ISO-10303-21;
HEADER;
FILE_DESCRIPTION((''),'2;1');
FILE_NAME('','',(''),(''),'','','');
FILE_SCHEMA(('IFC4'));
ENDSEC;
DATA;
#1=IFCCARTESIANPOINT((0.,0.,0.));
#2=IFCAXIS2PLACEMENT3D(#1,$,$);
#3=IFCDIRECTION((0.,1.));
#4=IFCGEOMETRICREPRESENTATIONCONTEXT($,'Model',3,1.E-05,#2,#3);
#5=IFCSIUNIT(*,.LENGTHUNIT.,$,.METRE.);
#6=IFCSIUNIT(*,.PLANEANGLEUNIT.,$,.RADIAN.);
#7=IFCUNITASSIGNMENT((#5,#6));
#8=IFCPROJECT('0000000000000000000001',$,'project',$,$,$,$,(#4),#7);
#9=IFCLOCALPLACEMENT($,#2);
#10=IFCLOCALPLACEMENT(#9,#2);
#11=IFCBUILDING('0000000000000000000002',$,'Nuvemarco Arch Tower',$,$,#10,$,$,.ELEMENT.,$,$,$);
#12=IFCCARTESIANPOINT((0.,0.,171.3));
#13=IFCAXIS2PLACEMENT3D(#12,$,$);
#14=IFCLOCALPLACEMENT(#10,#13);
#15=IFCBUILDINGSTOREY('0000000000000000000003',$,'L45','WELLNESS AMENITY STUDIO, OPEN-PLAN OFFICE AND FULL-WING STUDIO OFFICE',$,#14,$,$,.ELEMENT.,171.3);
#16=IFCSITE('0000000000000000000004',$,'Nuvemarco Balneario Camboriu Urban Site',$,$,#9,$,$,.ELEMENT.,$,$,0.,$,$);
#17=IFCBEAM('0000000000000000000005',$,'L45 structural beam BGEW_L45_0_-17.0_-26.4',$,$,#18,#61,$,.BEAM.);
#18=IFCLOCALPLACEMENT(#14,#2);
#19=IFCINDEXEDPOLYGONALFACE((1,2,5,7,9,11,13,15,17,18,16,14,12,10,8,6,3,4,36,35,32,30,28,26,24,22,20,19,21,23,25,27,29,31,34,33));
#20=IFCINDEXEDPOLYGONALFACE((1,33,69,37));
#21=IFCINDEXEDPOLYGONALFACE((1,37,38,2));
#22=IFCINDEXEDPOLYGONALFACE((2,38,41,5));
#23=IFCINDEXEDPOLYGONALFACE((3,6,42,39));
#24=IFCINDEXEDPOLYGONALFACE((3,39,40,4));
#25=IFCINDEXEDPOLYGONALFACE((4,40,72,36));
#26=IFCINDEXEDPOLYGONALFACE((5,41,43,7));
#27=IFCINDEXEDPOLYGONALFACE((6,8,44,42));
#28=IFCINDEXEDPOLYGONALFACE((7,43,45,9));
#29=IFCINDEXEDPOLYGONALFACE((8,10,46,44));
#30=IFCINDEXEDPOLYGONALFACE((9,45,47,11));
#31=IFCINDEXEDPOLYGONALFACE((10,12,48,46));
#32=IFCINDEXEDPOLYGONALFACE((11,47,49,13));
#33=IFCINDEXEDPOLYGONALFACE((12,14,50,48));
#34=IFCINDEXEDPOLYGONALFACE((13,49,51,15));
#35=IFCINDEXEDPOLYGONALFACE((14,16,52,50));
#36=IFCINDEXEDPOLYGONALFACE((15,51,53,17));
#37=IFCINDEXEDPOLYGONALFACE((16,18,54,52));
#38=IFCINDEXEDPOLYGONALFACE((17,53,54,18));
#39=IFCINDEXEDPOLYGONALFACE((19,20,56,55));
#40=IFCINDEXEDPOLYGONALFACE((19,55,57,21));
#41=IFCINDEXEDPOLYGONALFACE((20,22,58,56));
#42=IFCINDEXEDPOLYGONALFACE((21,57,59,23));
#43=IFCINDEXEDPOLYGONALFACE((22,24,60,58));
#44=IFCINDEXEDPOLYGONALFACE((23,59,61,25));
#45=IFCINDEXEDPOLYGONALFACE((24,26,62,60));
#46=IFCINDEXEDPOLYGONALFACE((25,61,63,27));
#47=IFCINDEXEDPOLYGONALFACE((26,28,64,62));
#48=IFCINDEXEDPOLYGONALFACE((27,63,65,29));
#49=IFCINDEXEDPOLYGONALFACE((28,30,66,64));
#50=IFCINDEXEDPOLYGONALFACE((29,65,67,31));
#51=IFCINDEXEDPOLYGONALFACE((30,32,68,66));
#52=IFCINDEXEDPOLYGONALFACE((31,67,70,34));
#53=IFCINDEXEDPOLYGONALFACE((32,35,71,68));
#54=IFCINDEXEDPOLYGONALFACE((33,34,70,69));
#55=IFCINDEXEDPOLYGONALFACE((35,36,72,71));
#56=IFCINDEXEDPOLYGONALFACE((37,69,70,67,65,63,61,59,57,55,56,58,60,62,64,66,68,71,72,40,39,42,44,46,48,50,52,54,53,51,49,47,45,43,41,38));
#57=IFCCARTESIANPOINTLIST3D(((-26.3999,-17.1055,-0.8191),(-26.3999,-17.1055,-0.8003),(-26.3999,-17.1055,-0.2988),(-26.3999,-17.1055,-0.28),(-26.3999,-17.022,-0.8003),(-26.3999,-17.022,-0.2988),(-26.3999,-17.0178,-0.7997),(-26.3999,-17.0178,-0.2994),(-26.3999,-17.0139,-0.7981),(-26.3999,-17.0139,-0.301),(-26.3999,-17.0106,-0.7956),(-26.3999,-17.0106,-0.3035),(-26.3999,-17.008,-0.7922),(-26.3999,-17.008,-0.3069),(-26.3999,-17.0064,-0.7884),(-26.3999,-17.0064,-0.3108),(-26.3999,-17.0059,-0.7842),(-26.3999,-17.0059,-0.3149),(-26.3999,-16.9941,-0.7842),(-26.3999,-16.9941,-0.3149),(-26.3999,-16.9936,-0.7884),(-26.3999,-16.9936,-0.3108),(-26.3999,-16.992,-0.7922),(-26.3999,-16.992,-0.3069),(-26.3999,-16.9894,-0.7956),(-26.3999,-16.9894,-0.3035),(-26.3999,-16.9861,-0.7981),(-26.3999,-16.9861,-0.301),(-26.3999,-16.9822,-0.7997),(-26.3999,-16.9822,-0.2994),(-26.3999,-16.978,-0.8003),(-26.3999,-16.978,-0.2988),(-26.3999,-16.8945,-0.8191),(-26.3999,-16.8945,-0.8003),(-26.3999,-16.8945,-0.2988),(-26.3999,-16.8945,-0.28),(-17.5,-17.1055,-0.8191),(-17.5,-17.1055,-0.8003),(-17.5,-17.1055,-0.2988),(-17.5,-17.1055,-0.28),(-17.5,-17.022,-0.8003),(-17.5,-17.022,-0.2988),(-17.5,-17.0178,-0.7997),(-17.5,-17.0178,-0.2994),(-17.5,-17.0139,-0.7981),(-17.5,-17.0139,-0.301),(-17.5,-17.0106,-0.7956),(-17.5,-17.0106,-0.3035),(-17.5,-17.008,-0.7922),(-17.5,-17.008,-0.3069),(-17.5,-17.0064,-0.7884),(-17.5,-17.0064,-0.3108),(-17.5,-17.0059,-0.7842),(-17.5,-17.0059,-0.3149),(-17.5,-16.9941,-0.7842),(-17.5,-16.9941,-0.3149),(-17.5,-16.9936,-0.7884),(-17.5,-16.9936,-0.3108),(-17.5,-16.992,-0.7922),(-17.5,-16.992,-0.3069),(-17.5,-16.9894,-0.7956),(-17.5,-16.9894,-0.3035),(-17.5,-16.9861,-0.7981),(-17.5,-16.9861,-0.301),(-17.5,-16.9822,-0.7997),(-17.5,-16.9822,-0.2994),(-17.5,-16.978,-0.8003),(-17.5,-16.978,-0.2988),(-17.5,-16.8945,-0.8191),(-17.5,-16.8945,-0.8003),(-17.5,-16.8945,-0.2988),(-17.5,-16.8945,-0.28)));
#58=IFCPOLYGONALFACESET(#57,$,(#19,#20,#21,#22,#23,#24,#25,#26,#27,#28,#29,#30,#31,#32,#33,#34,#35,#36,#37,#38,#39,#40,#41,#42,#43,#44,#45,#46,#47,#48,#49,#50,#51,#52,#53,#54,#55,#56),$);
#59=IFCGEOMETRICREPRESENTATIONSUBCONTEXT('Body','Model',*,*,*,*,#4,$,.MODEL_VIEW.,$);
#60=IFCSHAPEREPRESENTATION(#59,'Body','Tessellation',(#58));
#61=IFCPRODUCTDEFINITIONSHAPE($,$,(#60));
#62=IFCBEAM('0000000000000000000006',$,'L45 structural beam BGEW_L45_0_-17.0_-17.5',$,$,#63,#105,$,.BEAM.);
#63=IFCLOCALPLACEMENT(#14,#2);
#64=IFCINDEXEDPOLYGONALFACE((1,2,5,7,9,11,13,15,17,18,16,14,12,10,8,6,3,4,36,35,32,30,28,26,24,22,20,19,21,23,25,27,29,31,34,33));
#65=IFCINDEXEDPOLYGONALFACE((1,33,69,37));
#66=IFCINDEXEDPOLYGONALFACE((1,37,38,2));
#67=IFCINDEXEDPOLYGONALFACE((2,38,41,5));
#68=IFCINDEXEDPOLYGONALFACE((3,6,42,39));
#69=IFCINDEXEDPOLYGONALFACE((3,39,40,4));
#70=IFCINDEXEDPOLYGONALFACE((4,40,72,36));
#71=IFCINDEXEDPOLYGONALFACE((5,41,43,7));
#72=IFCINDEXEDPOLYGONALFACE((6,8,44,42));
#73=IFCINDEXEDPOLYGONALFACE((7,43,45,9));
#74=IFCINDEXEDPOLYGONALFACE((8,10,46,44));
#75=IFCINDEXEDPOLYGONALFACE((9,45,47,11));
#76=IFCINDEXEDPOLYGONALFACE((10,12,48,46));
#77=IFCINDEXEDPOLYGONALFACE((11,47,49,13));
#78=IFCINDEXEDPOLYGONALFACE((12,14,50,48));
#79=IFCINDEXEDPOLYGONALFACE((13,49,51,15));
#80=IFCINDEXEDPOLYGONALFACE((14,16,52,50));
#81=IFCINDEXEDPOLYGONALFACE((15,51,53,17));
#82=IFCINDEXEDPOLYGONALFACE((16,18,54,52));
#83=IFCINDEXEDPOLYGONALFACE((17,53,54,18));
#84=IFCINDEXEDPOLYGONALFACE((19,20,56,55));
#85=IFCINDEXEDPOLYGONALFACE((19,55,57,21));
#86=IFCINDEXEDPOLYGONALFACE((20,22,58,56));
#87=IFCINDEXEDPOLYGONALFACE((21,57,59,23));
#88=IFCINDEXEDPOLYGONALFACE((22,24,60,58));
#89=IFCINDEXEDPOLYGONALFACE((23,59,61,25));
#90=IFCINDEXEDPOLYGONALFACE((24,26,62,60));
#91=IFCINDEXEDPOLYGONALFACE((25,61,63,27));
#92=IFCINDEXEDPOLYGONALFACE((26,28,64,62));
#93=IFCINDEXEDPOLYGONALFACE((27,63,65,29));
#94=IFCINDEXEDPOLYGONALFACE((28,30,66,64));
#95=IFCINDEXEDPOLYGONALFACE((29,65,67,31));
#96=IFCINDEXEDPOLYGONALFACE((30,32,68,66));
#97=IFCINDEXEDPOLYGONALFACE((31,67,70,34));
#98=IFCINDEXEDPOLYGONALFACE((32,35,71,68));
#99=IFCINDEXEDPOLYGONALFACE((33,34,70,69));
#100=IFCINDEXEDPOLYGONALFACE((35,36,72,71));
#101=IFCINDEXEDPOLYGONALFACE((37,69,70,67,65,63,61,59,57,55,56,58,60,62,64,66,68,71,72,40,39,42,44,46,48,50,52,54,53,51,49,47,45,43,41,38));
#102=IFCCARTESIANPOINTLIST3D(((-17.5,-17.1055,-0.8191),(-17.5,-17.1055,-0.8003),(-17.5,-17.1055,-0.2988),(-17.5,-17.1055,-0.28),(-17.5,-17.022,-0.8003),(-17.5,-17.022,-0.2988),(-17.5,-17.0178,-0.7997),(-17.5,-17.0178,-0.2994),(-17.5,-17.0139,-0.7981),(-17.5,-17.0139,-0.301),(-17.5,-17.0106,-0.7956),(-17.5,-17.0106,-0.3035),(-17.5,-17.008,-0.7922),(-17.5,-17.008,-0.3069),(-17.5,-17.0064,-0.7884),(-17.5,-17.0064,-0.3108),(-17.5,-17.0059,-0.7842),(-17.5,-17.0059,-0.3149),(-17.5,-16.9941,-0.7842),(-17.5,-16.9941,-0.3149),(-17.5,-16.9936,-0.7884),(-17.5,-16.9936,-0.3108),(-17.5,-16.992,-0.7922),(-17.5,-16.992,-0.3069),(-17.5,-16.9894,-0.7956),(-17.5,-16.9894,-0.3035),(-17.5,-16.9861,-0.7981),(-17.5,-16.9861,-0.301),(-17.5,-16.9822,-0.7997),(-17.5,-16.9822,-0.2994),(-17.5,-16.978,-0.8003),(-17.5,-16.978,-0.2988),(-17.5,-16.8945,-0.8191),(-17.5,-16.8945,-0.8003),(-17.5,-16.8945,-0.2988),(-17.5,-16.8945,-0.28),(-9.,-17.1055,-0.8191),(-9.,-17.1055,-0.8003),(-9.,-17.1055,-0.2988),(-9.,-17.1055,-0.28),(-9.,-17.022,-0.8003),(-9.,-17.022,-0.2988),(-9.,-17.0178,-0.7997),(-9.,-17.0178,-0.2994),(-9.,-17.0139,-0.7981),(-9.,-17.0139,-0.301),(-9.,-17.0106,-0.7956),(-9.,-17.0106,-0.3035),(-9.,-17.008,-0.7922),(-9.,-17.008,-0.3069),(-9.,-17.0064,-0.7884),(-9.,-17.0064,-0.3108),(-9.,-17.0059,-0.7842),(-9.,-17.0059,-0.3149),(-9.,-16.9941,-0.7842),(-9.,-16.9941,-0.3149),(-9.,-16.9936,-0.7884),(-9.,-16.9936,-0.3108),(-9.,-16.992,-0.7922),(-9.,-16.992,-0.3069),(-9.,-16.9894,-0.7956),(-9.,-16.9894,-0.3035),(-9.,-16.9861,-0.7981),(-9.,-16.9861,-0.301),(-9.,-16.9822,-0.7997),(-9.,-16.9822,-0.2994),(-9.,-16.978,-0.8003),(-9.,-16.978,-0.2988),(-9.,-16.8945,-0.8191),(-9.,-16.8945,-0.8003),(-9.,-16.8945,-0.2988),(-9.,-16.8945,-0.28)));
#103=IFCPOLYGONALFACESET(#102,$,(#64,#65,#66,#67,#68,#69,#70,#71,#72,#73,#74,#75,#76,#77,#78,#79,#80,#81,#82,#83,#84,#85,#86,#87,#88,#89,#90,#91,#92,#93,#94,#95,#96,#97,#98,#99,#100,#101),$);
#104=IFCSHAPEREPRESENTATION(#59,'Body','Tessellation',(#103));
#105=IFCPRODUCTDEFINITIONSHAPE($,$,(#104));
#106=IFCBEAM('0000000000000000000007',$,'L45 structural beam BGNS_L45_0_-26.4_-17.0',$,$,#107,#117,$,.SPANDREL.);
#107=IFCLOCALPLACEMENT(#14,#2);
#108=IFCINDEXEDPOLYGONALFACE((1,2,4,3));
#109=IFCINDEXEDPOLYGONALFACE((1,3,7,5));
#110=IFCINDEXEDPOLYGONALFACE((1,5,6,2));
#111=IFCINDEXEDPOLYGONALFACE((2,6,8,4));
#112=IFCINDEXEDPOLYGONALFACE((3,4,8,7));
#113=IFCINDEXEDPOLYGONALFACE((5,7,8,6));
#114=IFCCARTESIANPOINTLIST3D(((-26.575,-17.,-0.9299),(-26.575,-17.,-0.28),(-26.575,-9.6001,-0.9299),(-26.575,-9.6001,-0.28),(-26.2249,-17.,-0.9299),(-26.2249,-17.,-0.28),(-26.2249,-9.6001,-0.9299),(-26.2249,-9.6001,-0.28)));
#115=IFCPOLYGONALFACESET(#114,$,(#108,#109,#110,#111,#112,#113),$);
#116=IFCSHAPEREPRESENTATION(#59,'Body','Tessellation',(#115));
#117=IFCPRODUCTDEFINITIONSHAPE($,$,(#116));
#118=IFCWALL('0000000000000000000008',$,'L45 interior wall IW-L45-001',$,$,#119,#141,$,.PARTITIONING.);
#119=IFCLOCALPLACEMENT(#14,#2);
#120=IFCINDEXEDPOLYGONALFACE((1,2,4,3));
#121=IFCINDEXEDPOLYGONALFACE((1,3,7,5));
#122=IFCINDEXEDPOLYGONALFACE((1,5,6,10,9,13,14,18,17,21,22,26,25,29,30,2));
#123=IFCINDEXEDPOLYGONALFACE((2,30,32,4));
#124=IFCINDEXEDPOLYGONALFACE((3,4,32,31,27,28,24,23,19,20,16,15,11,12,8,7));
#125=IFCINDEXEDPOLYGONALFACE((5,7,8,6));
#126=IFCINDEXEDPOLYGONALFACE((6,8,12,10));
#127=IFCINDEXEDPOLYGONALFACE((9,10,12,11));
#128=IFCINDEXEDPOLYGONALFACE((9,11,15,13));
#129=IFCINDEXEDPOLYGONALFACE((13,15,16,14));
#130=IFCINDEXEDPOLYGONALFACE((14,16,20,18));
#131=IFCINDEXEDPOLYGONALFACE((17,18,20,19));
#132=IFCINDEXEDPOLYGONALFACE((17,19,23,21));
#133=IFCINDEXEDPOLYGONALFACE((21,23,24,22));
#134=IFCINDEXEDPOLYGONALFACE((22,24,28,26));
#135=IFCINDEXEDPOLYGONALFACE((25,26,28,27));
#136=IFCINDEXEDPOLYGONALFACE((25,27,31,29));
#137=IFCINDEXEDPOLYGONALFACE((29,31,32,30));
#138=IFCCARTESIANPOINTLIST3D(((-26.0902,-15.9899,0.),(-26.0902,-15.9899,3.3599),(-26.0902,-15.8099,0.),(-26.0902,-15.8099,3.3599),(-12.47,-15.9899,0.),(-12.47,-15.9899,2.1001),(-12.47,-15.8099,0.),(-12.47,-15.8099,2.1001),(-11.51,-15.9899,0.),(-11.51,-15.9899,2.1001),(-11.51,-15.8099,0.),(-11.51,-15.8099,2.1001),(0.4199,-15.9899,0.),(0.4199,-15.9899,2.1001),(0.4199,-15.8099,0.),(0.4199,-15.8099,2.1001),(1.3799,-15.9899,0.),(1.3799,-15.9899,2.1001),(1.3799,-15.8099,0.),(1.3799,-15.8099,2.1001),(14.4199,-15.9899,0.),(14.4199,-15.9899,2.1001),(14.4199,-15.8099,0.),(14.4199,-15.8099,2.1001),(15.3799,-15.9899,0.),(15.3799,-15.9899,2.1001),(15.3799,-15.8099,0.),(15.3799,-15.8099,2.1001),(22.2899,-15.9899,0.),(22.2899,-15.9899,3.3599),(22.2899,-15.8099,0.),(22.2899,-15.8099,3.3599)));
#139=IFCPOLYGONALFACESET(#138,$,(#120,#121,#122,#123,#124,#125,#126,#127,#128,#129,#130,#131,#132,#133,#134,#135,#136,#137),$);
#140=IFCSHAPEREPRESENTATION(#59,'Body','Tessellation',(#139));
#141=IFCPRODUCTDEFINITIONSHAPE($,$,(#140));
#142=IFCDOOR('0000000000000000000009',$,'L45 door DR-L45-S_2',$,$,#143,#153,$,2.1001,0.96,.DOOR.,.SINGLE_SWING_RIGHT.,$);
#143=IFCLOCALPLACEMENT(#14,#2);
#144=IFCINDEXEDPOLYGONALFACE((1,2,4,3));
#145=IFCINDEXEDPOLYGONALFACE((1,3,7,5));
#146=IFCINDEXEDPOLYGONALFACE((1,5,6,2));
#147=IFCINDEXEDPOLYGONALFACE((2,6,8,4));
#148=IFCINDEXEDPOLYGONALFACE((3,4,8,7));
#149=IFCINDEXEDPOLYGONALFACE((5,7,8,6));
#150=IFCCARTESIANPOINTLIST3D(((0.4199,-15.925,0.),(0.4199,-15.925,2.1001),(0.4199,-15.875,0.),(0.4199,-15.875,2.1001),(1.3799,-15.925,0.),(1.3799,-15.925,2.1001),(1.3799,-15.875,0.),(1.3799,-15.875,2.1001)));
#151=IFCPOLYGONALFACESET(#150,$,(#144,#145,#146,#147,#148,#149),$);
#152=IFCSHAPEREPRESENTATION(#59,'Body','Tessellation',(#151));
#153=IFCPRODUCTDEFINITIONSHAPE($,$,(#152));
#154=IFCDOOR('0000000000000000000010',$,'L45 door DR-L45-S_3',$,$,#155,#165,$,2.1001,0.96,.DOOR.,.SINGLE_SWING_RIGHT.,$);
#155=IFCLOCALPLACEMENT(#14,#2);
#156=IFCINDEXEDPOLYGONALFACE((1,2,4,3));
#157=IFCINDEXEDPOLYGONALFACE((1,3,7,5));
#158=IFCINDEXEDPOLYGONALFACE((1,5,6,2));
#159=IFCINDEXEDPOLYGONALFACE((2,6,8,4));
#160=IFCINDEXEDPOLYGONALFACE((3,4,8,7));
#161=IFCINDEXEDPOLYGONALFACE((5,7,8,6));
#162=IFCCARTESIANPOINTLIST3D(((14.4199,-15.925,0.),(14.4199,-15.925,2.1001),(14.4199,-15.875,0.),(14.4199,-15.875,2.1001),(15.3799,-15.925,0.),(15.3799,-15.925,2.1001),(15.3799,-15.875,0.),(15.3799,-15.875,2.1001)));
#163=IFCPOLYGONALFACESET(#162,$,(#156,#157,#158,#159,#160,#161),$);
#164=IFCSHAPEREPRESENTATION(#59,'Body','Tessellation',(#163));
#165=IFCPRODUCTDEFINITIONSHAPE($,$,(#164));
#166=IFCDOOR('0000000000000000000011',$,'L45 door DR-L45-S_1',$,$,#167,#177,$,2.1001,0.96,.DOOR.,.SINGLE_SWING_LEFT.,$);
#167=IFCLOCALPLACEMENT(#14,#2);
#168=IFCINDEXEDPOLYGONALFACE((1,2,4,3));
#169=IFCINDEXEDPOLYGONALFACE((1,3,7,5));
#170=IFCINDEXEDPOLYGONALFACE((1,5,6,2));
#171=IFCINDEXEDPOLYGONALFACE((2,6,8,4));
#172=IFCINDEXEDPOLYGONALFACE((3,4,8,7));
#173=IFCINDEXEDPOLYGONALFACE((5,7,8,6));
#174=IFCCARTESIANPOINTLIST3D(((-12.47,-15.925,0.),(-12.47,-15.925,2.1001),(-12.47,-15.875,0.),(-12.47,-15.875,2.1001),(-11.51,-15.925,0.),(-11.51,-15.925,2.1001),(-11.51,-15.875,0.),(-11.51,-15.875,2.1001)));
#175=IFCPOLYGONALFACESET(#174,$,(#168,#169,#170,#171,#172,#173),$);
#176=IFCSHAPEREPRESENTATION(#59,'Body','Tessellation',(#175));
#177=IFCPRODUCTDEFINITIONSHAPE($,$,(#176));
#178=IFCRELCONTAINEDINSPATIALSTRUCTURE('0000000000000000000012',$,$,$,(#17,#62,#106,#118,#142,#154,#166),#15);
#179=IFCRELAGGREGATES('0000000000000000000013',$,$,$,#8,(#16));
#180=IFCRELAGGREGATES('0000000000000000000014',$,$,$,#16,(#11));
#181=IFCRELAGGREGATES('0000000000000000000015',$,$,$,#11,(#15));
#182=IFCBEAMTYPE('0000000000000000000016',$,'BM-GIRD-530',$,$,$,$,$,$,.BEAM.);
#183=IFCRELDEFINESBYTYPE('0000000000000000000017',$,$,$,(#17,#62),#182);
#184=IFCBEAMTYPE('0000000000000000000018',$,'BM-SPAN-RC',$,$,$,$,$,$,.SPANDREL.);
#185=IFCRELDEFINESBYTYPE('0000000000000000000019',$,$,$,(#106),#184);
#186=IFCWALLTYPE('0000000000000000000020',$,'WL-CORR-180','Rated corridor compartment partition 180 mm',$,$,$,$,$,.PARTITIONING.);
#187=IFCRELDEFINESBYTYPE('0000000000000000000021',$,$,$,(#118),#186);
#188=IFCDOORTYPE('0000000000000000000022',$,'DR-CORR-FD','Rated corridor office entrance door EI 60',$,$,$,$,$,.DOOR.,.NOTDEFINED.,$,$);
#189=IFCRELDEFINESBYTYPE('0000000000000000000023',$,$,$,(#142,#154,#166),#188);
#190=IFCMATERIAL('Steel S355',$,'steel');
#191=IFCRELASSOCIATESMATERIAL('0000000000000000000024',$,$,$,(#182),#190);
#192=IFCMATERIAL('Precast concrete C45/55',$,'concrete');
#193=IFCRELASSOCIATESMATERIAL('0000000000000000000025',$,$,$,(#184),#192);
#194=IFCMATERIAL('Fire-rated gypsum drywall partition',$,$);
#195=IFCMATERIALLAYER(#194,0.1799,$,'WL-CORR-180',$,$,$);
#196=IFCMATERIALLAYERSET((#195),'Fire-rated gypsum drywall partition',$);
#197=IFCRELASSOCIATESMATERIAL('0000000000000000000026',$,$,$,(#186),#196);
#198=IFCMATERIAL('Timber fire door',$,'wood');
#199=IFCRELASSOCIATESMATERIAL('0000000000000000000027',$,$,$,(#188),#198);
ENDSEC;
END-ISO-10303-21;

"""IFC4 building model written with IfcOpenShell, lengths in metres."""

from ifc_helpers import new_model, si_unit, direction, frame, frame_2d, origin, origin_2d, place, context, subcontext, project, spatial, rectangle, i_section, extrude, source, transform, mapped, material, layer, layer_set, material_profile, profile_set, type_object, type_shapes, element, fill, save


model = new_model("IFC4")

# Units and contexts
model_context = context("Model", 3, precision=1e-05, world=origin(), true_north=direction((0.0, 1.0)))
body_context = subcontext(model_context, "Body", "Model", "MODEL_VIEW")
ifc_project = project(units=[si_unit("LENGTHUNIT", "METRE"), si_unit("PLANEANGLEUNIT", "RADIAN")], contexts=[model_context])

# Site, building, storey
site_placement = place(None, origin())
site = spatial("IfcSite", under=ifc_project, at=site_placement, Name="Nuvemarco Balneario Camboriu Urban Site", CompositionType="ELEMENT", RefElevation=0.0)
building_placement = place(site_placement, origin())
building = spatial("IfcBuilding", under=site, at=building_placement, Name="Nuvemarco Arch Tower", CompositionType="ELEMENT")
storey_placement = place(building_placement, frame((0.0, 0.0, 171.3)))
storey = spatial("IfcBuildingStorey", under=building, at=storey_placement, Name="L45", Description="WELLNESS AMENITY STUDIO, OPEN-PLAN OFFICE AND FULL-WING STUDIO OFFICE", CompositionType="ELEMENT", Elevation=171.3)

# Shared definitions
ifc_material_1 = material(Name="Steel S355", Category="steel")

# Beams
ifc_material_profile_1 = material_profile(ifc_material_1, i_section(OverallWidth=0.2109, OverallDepth=0.5391, WebThickness=0.0117, FlangeThickness=0.0188, FilletRadius=0.0161, at=origin_2d()), Name="W530x109")
ifc_profile_set_1 = profile_set([ifc_material_profile_1], Name="Steel S355")
beam_type_1 = type_object("IfcBeamType", Name="BM-GIRD-530", PredefinedType="BEAM", material=ifc_profile_set_1)
beam_1_placement = place(storey_placement, frame((-26.3999, -17.0, -0.5496), z_axis=(1.0, 0.0, 0.0), x_axis=(0.0, 1.0, 0.0)))
element("IfcBeam", 1, at=beam_1_placement, inside=storey, type_object=beam_type_1, Name="L45 structural beam BGEW_L45_0_-17.0_-26.4", PredefinedType="BEAM", context=body_context, shape_type="SweptSolid", body=[
    extrude(i_section(OverallWidth=0.2109, OverallDepth=0.5391, WebThickness=0.0117, FlangeThickness=0.0188, FilletRadius=0.0161, at=origin_2d()), origin(), (0.0, 0.0, 1.0), 8.8999),
])
beam_2_placement = place(storey_placement, frame((-17.5, -17.0, -0.5496), z_axis=(1.0, 0.0, 0.0), x_axis=(0.0, 1.0, 0.0)))
element("IfcBeam", 2, at=beam_2_placement, inside=storey, type_object=beam_type_1, Name="L45 structural beam BGEW_L45_0_-17.0_-17.5", PredefinedType="BEAM", context=body_context, shape_type="SweptSolid", body=[
    extrude(i_section(OverallWidth=0.2109, OverallDepth=0.5391, WebThickness=0.0117, FlangeThickness=0.0188, FilletRadius=0.0161, at=origin_2d()), origin(), (0.0, 0.0, 1.0), 8.5),
])
ifc_material_2 = material(Name="Precast concrete C45/55", Category="concrete")
ifc_material_profile_2 = material_profile(ifc_material_2, rectangle(XDim=0.3501, YDim=0.6499, at=origin_2d()), Name="PC-SP-350x650")
ifc_profile_set_2 = profile_set([ifc_material_profile_2], Name="Precast concrete C45/55")
beam_type_2 = type_object("IfcBeamType", Name="BM-SPAN-RC", PredefinedType="SPANDREL", material=ifc_profile_set_2)
beam_3_placement = place(storey_placement, frame((-26.3999, -17.0, -0.605), z_axis=(0.0, 1.0, 0.0), x_axis=(-1.0, 0.0, 0.0)))
element("IfcBeam", 3, at=beam_3_placement, inside=storey, type_object=beam_type_2, Name="L45 structural beam BGNS_L45_0_-26.4_-17.0", PredefinedType="SPANDREL", context=body_context, shape_type="SweptSolid", body=[
    extrude(rectangle(XDim=0.3501, YDim=0.6499, at=origin_2d()), origin(), (0.0, 0.0, 1.0), 7.3999),
])

# Wall, openings, doors
ifc_material_3 = material(Name="Fire-rated gypsum drywall partition")
ifc_layer = layer(ifc_material_3, 0.1799, Name="WL-CORR-180")
ifc_layer_set = layer_set([ifc_layer], Name="Fire-rated gypsum drywall partition")
wall_type = type_object("IfcWallType", Name="WL-CORR-180", Description="Rated corridor compartment partition 180 mm", PredefinedType="PARTITIONING", material=ifc_layer_set)
wall_1_placement = place(storey_placement, frame((-26.0901, -15.8999, 0.0), z_axis=(0.0, 0.0, 1.0), x_axis=(1.0, 0.0, 0.0)))
wall_1 = element("IfcWall", 4, at=wall_1_placement, inside=storey, type_object=wall_type, Name="L45 interior wall IW-L45-001", PredefinedType="PARTITIONING", context=body_context, shape_type="SweptSolid", body=[
    extrude(rectangle(XDim=48.3801, YDim=0.1799, at=frame_2d((24.1899, 0.0))), origin(), (0.0, 0.0, 1.0), 3.3599),
])
opening_1_placement = place(wall_1_placement, frame((26.51, 0.0, 0.0)))
opening_1 = element("IfcOpeningElement", 5, at=opening_1_placement, cuts=wall_1, PredefinedType="OPENING", context=body_context, shape_type="SweptSolid", body=[
    extrude(rectangle(XDim=0.96, YDim=2.1001, at=frame_2d((0.48, 1.05))), frame((0.0, 0.0999, 0.0), z_axis=(0.0, -1.0, 0.0), x_axis=(1.0, 0.0, 0.0)), (0.0, 0.0, 1.0), 0.2),
])
opening_2_placement = place(wall_1_placement, frame((40.51, 0.0, 0.0)))
opening_2 = element("IfcOpeningElement", 6, at=opening_2_placement, cuts=wall_1, PredefinedType="OPENING", context=body_context, shape_type="SweptSolid", body=[
    extrude(rectangle(XDim=0.96, YDim=2.1001, at=frame_2d((0.48, 1.05))), frame((0.0, 0.0999, 0.0), z_axis=(0.0, -1.0, 0.0), x_axis=(1.0, 0.0, 0.0)), (0.0, 0.0, 1.0), 0.2),
])
opening_3_placement = place(wall_1_placement, frame((13.6201, 0.0, 0.0)))
opening_3 = element("IfcOpeningElement", 7, at=opening_3_placement, cuts=wall_1, PredefinedType="OPENING", context=body_context, shape_type="SweptSolid", body=[
    extrude(rectangle(XDim=0.96, YDim=2.1001, at=frame_2d((0.48, 1.05))), frame((0.0, 0.0999, 0.0), z_axis=(0.0, -1.0, 0.0), x_axis=(1.0, 0.0, 0.0)), (0.0, 0.0, 1.0), 0.2),
])
ifc_material_4 = material(Name="Timber fire door", Category="wood")
door_type = type_object("IfcDoorType", Name="DR-CORR-FD", Description="Rated corridor office entrance door EI 60", OperationType="NOTDEFINED", PredefinedType="DOOR", material=ifc_material_4)
shared_shape = source(origin(), body_context, "Body", "SweptSolid", [
    extrude(rectangle(XDim=0.96, YDim=2.1001, at=frame_2d((0.48, 1.05))), frame((0.0, 0.0249, 0.0), z_axis=(0.0, -1.0, 0.0), x_axis=(1.0, 0.0, 0.0)), (0.0, 0.0, 1.0), 0.05),
])
type_shapes(door_type, [shared_shape])
door_1_placement = place(opening_1_placement, origin())
door_1 = element("IfcDoor", 8, at=door_1_placement, inside=storey, type_object=door_type, Name="L45 door DR-L45-S_2", OperationType="SINGLE_SWING_RIGHT", OverallHeight=2.1001, OverallWidth=0.96, PredefinedType="DOOR", context=body_context, shape_type="MappedRepresentation", body=[
    mapped(shared_shape, transform((0.0, 0.0, 0.0), scale=1.0)),
])
fill(opening_1, door_1)
door_2_placement = place(opening_2_placement, origin())
door_2 = element("IfcDoor", 9, at=door_2_placement, inside=storey, type_object=door_type, Name="L45 door DR-L45-S_3", OperationType="SINGLE_SWING_RIGHT", OverallHeight=2.1001, OverallWidth=0.96, PredefinedType="DOOR", context=body_context, shape_type="MappedRepresentation", body=[
    mapped(shared_shape, transform((0.0, 0.0, 0.0), scale=1.0)),
])
fill(opening_2, door_2)
door_3_placement = place(opening_3_placement, origin())
door_3 = element("IfcDoor", 10, at=door_3_placement, inside=storey, type_object=door_type, Name="L45 door DR-L45-S_1", OperationType="SINGLE_SWING_LEFT", OverallHeight=2.1001, OverallWidth=0.96, PredefinedType="DOOR", context=body_context, shape_type="MappedRepresentation", body=[
    mapped(shared_shape, transform((0.0, 0.0, 0.0), scale=1.0)),
])
fill(opening_3, door_3)

save(model, "model.ifc")
